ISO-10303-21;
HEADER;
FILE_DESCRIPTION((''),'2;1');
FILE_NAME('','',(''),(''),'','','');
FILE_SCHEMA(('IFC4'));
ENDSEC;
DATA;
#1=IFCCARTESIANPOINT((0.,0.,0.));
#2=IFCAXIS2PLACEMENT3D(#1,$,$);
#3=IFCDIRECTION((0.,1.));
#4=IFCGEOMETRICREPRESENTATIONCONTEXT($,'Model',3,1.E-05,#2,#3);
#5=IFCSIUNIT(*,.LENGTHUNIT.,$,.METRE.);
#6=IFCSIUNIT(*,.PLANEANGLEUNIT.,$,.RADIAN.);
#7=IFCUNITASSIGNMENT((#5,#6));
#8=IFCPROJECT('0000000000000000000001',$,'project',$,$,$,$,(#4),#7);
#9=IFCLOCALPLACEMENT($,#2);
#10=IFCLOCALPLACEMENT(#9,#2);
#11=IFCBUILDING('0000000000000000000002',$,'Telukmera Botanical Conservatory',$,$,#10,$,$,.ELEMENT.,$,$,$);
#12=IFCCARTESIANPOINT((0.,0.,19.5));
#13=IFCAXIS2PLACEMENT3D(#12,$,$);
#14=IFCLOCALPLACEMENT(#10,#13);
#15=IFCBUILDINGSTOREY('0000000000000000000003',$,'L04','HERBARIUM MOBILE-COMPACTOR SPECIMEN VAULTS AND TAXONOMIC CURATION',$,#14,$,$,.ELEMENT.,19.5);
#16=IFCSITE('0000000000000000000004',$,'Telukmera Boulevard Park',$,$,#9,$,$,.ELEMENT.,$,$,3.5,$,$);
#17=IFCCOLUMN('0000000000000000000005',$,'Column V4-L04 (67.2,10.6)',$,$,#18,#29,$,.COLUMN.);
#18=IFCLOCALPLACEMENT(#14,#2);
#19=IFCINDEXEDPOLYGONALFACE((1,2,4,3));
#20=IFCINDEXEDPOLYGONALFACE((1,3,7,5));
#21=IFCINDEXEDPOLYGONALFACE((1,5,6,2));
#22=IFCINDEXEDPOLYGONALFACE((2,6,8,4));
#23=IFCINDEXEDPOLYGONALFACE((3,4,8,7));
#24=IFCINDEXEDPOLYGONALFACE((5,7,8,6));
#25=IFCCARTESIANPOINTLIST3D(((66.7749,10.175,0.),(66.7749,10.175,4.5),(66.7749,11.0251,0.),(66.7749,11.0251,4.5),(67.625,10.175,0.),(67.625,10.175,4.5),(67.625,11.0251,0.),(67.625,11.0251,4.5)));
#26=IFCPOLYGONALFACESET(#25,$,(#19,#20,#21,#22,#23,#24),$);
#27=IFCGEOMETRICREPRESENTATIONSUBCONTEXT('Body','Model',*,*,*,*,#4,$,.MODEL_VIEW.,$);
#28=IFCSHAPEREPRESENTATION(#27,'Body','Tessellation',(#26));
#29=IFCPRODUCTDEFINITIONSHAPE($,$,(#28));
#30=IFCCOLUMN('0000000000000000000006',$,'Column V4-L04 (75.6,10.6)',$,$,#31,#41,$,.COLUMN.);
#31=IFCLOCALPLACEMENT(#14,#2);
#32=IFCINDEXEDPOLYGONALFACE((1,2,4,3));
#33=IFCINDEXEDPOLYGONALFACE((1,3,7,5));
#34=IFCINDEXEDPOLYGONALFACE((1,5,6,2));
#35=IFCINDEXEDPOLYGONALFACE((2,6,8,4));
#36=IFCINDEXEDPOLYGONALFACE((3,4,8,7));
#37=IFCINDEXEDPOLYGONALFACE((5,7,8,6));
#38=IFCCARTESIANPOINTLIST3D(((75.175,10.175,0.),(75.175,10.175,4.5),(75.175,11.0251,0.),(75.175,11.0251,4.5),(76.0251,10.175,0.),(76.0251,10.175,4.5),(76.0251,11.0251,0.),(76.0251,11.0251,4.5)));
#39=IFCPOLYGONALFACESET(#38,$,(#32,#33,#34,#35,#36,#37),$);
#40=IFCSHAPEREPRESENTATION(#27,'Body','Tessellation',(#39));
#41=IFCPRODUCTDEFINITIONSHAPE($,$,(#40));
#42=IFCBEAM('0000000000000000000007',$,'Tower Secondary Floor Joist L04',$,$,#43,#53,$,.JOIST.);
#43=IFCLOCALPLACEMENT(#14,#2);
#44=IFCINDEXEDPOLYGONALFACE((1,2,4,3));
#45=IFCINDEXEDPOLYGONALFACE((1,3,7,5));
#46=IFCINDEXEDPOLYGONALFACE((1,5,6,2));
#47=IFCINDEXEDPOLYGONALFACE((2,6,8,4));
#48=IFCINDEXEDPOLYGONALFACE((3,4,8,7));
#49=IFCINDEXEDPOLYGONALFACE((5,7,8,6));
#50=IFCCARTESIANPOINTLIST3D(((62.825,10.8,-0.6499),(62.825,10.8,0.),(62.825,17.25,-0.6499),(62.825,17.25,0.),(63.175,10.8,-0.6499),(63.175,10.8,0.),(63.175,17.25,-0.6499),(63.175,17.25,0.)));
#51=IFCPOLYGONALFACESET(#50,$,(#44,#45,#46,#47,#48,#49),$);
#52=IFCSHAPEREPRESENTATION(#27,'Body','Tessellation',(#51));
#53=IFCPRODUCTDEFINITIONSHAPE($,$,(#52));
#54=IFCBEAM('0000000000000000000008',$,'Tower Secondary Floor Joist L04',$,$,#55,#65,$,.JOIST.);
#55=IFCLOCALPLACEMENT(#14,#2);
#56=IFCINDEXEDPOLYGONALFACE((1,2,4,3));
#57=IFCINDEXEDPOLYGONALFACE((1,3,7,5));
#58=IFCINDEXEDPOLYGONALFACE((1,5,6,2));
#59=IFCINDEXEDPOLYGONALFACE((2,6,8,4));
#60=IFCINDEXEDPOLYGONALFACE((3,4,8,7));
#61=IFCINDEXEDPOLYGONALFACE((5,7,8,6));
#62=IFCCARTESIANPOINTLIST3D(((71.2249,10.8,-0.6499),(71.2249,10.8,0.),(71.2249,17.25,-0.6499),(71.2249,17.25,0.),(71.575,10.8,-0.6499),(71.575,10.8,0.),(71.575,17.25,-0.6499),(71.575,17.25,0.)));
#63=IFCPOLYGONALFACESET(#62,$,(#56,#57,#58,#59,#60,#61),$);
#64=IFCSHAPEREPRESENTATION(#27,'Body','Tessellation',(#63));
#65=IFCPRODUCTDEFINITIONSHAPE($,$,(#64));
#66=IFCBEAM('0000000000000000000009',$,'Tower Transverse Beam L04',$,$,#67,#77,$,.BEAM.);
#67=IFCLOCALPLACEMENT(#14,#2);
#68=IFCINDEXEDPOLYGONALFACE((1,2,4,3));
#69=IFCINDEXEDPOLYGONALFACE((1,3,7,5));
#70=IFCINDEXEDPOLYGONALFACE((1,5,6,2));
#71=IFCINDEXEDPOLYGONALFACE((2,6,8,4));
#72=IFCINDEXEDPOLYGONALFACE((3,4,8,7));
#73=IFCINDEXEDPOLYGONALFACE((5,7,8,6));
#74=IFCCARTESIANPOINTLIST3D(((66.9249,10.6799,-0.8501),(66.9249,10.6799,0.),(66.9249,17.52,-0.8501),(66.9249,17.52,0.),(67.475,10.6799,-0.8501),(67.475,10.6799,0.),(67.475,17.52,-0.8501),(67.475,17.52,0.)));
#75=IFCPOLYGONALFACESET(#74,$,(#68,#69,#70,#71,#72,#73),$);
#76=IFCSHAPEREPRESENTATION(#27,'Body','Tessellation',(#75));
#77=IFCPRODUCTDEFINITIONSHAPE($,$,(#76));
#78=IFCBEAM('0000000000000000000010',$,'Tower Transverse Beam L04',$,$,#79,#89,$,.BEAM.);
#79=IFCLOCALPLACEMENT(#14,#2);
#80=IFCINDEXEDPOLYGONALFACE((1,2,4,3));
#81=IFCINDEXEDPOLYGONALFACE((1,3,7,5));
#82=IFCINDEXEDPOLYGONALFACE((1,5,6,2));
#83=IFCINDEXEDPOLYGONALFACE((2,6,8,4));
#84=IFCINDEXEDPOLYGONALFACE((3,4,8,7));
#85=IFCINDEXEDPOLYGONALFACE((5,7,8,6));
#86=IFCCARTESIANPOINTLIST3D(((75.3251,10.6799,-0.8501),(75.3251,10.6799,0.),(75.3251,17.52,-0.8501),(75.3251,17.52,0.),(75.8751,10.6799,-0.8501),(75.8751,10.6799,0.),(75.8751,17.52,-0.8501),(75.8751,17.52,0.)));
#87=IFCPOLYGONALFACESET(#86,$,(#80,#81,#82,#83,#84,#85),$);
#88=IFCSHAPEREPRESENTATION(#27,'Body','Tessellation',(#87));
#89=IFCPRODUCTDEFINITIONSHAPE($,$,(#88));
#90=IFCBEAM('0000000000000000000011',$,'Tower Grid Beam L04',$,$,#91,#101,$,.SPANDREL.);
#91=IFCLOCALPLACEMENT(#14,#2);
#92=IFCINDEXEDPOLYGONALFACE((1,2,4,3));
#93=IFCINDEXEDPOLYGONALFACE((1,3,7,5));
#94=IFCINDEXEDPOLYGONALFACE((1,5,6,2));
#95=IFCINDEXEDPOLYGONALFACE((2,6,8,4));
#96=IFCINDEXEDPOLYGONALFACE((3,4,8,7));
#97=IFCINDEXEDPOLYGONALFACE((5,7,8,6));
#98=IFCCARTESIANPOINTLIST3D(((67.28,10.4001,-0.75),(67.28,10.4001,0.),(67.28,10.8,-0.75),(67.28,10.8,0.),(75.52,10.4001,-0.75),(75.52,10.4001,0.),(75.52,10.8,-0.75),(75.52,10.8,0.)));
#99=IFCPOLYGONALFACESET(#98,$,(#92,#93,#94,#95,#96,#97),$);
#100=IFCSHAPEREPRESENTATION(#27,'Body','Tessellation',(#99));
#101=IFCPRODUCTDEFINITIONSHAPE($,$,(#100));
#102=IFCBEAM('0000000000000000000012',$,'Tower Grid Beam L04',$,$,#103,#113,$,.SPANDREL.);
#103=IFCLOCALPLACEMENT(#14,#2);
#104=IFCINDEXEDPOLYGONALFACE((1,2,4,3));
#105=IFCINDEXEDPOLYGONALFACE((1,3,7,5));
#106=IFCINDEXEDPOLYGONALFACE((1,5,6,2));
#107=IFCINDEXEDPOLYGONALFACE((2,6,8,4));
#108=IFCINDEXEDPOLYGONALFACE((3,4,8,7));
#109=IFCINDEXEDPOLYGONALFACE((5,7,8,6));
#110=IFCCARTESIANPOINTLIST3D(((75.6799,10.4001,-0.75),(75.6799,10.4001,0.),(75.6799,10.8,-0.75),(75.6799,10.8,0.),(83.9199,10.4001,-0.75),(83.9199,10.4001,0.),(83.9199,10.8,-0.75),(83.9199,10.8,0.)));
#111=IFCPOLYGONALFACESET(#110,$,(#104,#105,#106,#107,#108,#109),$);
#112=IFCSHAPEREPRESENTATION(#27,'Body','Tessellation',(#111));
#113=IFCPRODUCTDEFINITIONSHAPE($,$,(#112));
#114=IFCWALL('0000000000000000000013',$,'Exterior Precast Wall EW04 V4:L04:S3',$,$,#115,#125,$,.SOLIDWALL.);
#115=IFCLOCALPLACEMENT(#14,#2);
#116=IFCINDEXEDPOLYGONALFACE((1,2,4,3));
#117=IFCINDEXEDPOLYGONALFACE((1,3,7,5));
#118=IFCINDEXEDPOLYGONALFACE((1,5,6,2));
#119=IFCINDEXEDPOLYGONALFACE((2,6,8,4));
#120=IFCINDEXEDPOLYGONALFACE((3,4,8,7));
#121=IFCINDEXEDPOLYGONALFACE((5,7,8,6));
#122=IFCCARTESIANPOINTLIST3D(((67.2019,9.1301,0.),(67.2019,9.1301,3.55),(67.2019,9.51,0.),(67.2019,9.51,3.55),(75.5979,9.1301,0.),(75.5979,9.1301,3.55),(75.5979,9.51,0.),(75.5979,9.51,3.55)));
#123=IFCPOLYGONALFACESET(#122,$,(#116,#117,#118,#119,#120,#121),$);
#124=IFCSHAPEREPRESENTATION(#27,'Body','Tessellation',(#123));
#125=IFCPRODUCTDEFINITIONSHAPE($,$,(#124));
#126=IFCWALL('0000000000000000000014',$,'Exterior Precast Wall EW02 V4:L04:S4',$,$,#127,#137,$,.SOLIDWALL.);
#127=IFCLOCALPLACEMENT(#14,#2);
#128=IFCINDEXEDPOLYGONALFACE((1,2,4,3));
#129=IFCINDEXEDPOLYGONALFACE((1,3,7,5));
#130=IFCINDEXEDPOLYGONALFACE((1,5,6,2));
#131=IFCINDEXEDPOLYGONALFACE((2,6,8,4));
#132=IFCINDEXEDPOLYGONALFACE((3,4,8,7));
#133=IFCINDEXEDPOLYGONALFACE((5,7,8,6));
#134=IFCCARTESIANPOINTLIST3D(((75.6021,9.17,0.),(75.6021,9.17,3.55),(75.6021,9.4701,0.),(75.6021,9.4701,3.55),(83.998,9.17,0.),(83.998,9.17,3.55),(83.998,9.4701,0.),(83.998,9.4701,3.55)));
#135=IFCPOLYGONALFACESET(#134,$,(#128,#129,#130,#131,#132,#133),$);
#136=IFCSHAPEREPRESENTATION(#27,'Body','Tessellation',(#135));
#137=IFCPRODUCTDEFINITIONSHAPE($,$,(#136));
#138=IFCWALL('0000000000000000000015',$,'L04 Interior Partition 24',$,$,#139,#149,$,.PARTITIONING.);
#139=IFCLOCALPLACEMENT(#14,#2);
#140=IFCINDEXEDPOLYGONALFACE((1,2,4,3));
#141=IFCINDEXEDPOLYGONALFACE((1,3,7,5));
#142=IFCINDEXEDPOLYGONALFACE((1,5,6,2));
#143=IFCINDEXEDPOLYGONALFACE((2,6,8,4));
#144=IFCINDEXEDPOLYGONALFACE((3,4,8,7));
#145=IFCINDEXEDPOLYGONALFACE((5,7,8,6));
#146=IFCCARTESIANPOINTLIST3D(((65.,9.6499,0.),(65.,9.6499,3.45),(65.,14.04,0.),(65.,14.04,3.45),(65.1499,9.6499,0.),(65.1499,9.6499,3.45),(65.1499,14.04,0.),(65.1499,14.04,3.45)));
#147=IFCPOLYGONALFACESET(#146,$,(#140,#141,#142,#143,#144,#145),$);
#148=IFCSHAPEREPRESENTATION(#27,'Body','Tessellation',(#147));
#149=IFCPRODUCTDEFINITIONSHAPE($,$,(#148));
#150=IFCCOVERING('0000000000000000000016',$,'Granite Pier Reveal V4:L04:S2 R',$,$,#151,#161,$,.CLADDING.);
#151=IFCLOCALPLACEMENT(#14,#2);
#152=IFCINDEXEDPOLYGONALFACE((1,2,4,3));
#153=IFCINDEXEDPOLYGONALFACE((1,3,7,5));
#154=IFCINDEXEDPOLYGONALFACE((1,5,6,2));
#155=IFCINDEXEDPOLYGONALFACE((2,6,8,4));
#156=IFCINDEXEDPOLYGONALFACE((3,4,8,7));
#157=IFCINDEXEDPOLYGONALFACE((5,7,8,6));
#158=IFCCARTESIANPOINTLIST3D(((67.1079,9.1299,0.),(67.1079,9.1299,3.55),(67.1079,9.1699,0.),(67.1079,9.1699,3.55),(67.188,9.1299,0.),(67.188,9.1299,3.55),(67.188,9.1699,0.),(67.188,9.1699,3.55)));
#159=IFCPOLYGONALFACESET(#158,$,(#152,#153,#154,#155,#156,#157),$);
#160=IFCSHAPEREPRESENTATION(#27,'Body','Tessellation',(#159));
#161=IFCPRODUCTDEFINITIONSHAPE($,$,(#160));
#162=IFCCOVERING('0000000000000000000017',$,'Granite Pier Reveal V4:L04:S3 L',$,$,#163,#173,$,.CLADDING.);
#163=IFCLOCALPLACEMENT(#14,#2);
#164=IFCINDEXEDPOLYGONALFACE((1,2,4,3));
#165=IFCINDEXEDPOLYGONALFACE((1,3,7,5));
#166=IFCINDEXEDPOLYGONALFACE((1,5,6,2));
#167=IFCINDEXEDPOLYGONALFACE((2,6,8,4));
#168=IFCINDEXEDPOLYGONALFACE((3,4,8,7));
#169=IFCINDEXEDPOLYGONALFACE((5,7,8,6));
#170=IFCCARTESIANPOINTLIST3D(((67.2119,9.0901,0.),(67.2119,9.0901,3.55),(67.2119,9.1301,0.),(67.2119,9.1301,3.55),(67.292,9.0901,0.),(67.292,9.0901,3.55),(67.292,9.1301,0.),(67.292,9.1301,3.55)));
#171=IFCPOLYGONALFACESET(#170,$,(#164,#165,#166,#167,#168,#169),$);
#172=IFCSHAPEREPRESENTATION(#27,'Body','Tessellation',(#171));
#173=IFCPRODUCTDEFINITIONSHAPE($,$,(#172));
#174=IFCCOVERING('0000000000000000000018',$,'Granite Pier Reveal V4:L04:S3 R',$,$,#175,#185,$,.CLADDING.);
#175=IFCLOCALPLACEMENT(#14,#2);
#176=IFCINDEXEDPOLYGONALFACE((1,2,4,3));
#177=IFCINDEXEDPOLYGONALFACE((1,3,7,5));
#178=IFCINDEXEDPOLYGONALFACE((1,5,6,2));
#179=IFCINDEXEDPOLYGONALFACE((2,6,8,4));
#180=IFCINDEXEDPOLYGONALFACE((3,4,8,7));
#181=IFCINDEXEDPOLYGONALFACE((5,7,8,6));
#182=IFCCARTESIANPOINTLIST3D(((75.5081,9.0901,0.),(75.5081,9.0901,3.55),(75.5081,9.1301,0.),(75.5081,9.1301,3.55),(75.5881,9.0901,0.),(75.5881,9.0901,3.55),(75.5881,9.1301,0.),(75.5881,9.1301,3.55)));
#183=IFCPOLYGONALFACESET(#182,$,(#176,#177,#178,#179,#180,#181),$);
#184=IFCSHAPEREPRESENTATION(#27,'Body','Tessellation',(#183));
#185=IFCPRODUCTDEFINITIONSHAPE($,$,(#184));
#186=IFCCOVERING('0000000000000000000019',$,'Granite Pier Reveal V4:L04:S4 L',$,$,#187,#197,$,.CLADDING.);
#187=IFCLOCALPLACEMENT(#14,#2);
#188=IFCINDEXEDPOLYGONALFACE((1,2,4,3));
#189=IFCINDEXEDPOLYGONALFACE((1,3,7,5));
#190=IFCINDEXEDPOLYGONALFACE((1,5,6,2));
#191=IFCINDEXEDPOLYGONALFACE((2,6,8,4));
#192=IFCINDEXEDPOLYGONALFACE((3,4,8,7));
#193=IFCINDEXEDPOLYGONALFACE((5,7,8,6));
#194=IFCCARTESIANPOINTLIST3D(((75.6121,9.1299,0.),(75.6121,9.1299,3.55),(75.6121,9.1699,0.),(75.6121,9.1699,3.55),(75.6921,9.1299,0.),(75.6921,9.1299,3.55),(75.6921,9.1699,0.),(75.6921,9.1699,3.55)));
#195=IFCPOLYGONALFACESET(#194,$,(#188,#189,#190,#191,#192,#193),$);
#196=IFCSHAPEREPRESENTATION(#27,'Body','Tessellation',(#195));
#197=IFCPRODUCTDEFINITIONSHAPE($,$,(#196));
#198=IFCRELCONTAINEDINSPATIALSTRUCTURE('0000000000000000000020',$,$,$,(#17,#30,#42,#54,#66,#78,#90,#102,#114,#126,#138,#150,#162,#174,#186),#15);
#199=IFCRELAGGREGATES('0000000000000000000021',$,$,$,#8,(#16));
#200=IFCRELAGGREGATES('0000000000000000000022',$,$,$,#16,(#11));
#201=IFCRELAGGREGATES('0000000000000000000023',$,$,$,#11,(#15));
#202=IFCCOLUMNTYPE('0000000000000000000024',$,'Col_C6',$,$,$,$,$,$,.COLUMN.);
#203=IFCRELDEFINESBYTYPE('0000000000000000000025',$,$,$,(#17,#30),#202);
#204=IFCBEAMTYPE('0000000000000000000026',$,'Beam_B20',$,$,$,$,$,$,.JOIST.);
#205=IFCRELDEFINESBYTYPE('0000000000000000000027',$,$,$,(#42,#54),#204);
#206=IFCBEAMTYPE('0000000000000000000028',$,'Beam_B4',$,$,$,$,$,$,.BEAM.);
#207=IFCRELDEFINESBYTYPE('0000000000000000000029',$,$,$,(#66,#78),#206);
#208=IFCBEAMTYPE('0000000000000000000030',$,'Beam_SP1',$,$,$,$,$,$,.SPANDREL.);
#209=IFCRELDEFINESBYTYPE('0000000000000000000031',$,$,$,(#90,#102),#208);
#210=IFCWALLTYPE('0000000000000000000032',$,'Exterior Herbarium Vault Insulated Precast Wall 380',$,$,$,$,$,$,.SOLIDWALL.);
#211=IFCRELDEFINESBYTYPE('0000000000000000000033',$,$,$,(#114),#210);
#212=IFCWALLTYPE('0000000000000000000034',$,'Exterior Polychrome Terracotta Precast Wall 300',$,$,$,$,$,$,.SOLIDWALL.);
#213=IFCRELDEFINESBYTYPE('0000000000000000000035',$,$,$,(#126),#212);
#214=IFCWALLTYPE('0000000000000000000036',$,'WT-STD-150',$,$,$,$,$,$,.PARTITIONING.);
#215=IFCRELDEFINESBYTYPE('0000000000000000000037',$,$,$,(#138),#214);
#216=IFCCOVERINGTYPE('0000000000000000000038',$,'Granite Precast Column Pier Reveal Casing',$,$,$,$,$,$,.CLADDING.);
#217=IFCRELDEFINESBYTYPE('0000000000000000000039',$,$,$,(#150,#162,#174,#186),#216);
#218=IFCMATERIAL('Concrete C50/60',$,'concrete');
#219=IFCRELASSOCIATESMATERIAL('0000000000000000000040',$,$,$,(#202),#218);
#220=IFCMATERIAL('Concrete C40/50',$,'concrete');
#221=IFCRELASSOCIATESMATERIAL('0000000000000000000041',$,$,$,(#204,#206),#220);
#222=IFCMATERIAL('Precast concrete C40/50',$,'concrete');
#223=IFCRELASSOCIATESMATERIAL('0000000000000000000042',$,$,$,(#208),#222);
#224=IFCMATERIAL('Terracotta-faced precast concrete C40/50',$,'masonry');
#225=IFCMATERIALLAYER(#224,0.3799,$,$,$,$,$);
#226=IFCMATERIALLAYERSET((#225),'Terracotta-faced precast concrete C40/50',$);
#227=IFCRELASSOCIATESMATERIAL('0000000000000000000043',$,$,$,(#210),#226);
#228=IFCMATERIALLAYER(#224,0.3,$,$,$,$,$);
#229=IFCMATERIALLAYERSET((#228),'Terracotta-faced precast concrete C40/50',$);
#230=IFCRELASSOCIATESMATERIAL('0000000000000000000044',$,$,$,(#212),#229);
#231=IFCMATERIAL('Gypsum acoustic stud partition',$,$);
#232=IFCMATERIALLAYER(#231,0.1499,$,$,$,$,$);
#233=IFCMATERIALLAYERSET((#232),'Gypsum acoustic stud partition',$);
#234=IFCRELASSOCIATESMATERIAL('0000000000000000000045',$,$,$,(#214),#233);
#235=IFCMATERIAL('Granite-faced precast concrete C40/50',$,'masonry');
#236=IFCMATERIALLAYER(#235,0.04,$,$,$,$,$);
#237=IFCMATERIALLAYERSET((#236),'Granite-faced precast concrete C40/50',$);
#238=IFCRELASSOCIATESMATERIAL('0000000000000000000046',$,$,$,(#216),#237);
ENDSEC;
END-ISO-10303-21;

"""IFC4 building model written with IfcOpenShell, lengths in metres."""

from ifc_helpers import new_model, si_unit, direction, frame, frame_2d, origin, origin_2d, place, context, subcontext, project, spatial, rectangle, extrude, material, layer, layer_set, material_profile, profile_set, type_object, element, save


model = new_model("IFC4")

# Units and contexts
model_context = context("Model", 3, precision=1e-05, world=origin(), true_north=direction((0.0, 1.0)))
body_context = subcontext(model_context, "Body", "Model", "MODEL_VIEW")
ifc_project = project(units=[si_unit("LENGTHUNIT", "METRE"), si_unit("PLANEANGLEUNIT", "RADIAN")], contexts=[model_context])

# Site, building, storey
site_placement = place(None, origin())
site = spatial("IfcSite", under=ifc_project, at=site_placement, Name="Telukmera Boulevard Park", CompositionType="ELEMENT", RefElevation=3.5)
building_placement = place(site_placement, origin())
building = spatial("IfcBuilding", under=site, at=building_placement, Name="Telukmera Botanical Conservatory", CompositionType="ELEMENT")
storey_placement = place(building_placement, frame((0.0, 0.0, 19.5)))
storey = spatial("IfcBuildingStorey", under=building, at=storey_placement, Name="L04", Description="HERBARIUM MOBILE-COMPACTOR SPECIMEN VAULTS AND TAXONOMIC CURATION", CompositionType="ELEMENT", Elevation=19.5)

# Columns
ifc_material_1 = material(Name="Concrete C50/60", Category="concrete")
ifc_material_profile_1 = material_profile(ifc_material_1, rectangle(XDim=0.8501, YDim=0.8501, at=origin_2d()), Name="RC 850x850")
ifc_profile_set_1 = profile_set([ifc_material_profile_1], Name="Concrete C50/60")
column_type = type_object("IfcColumnType", Name="Col_C6", PredefinedType="COLUMN", material=ifc_profile_set_1)
for number, where, z_axis, x_axis, name in (
    (1, (67.2, 10.6001, 0.0), (0.0, 0.0, 1.0), (1.0, 0.0, 0.0), "Column V4-L04 (67.2,10.6)"),
    (2, (75.6001, 10.6001, 0.0), (0.0, 0.0, 1.0), (1.0, 0.0, 0.0), "Column V4-L04 (75.6,10.6)"),
):
    element("IfcColumn", number, at=place(storey_placement, frame(where, z_axis=z_axis, x_axis=x_axis)), inside=storey, type_object=column_type, Name=name, PredefinedType="COLUMN", context=body_context, shape_type="SweptSolid", body=[
        extrude(rectangle(XDim=0.8501, YDim=0.8501, at=origin_2d()), origin(), (0.0, 0.0, 1.0), 4.5),
    ])

# Beams
ifc_material_2 = material(Name="Concrete C40/50", Category="concrete")
ifc_material_profile_2 = material_profile(ifc_material_2, rectangle(XDim=0.3501, YDim=0.6499, at=origin_2d()), Name="RC 350x650")
ifc_profile_set_2 = profile_set([ifc_material_profile_2], Name="Concrete C40/50")
beam_type_1 = type_object("IfcBeamType", Name="Beam_B20", PredefinedType="JOIST", material=ifc_profile_set_2)
for number, where, z_axis, x_axis, name in (
    (3, (63.0, 10.8, -0.325), (0.0, 1.0, 0.0), (-1.0, 0.0, 0.0), "Tower Secondary Floor Joist L04"),
    (4, (71.3999, 10.8, -0.325), (0.0, 1.0, 0.0), (-1.0, 0.0, 0.0), "Tower Secondary Floor Joist L04"),
):
    element("IfcBeam", number, at=place(storey_placement, frame(where, z_axis=z_axis, x_axis=x_axis)), inside=storey, type_object=beam_type_1, Name=name, PredefinedType="JOIST", context=body_context, shape_type="SweptSolid", body=[
        extrude(rectangle(XDim=0.3501, YDim=0.6499, at=origin_2d()), origin(), (0.0, 0.0, 1.0), 6.45),
    ])
ifc_material_profile_3 = material_profile(ifc_material_2, rectangle(XDim=0.55, YDim=0.8501, at=origin_2d()), Name="RC 550x850")
ifc_profile_set_3 = profile_set([ifc_material_profile_3], Name="Concrete C40/50")
beam_type_2 = type_object("IfcBeamType", Name="Beam_B4", PredefinedType="BEAM", material=ifc_profile_set_3)
for number, where, z_axis, x_axis, name in (
    (5, (67.2, 10.6799, -0.425), (0.0, 1.0, 0.0), (-1.0, 0.0, 0.0), "Tower Transverse Beam L04"),
    (6, (75.6001, 10.6799, -0.425), (0.0, 1.0, 0.0), (-1.0, 0.0, 0.0), "Tower Transverse Beam L04"),
):
    element("IfcBeam", number, at=place(storey_placement, frame(where, z_axis=z_axis, x_axis=x_axis)), inside=storey, type_object=beam_type_2, Name=name, PredefinedType="BEAM", context=body_context, shape_type="SweptSolid", body=[
        extrude(rectangle(XDim=0.55, YDim=0.8501, at=origin_2d()), origin(), (0.0, 0.0, 1.0), 6.8401),
    ])
ifc_material_3 = material(Name="Precast concrete C40/50", Category="concrete")
ifc_material_profile_4 = material_profile(ifc_material_3, rectangle(XDim=0.3999, YDim=0.75, at=origin_2d()), Name="PC 400x750")
ifc_profile_set_4 = profile_set([ifc_material_profile_4], Name="Precast concrete C40/50")
beam_type_3 = type_object("IfcBeamType", Name="Beam_SP1", PredefinedType="SPANDREL", material=ifc_profile_set_4)
for number, where, z_axis, x_axis, name in (
    (7, (67.28, 10.6001, -0.375), (1.0, 0.0, 0.0), (0.0, 1.0, 0.0), "Tower Grid Beam L04"),
    (8, (75.6799, 10.6001, -0.375), (1.0, 0.0, 0.0), (0.0, 1.0, 0.0), "Tower Grid Beam L04"),
):
    element("IfcBeam", number, at=place(storey_placement, frame(where, z_axis=z_axis, x_axis=x_axis)), inside=storey, type_object=beam_type_3, Name=name, PredefinedType="SPANDREL", context=body_context, shape_type="SweptSolid", body=[
        extrude(rectangle(XDim=0.3999, YDim=0.75, at=origin_2d()), origin(), (0.0, 0.0, 1.0), 8.24),
    ])

# Walls
ifc_material_4 = material(Name="Terracotta-faced precast concrete C40/50", Category="masonry")
ifc_layer_1 = layer(ifc_material_4, 0.3799)
ifc_layer_set_1 = layer_set([ifc_layer_1], Name="Terracotta-faced precast concrete C40/50")
wall_type_1 = type_object("IfcWallType", Name="Exterior Herbarium Vault Insulated Precast Wall 380", PredefinedType="SOLIDWALL", material=ifc_layer_set_1)
wall_1_placement = place(storey_placement, frame((67.2019, 9.3201, 0.0), z_axis=(0.0, 0.0, 1.0), x_axis=(1.0, 0.0, 0.0)))
element("IfcWall", 9, at=wall_1_placement, inside=storey, type_object=wall_type_1, Name="Exterior Precast Wall EW04 V4:L04:S3", PredefinedType="SOLIDWALL", context=body_context, shape_type="SweptSolid", body=[
    extrude(rectangle(XDim=8.396, YDim=0.3799, at=frame_2d((4.198, 0.0))), origin(), (0.0, 0.0, 1.0), 3.55),
])
ifc_layer_2 = layer(ifc_material_4, 0.3)
ifc_layer_set_2 = layer_set([ifc_layer_2], Name="Terracotta-faced precast concrete C40/50")
wall_type_2 = type_object("IfcWallType", Name="Exterior Polychrome Terracotta Precast Wall 300", PredefinedType="SOLIDWALL", material=ifc_layer_set_2)
wall_2_placement = place(storey_placement, frame((75.6021, 9.3201, 0.0), z_axis=(0.0, 0.0, 1.0), x_axis=(1.0, 0.0, 0.0)))
element("IfcWall", 10, at=wall_2_placement, inside=storey, type_object=wall_type_2, Name="Exterior Precast Wall EW02 V4:L04:S4", PredefinedType="SOLIDWALL", context=body_context, shape_type="SweptSolid", body=[
    extrude(rectangle(XDim=8.396, YDim=0.3, at=frame_2d((4.198, 0.0))), origin(), (0.0, 0.0, 1.0), 3.55),
])
ifc_material_5 = material(Name="Gypsum acoustic stud partition")
ifc_layer_3 = layer(ifc_material_5, 0.1499)
ifc_layer_set_3 = layer_set([ifc_layer_3], Name="Gypsum acoustic stud partition")
wall_type_3 = type_object("IfcWallType", Name="WT-STD-150", PredefinedType="PARTITIONING", material=ifc_layer_set_3)
wall_3_placement = place(storey_placement, frame((65.075, 9.6499, 0.0), z_axis=(0.0, 0.0, 1.0), x_axis=(0.0, 1.0, 0.0)))
element("IfcWall", 11, at=wall_3_placement, inside=storey, type_object=wall_type_3, Name="L04 Interior Partition 24", PredefinedType="PARTITIONING", context=body_context, shape_type="SweptSolid", body=[
    extrude(rectangle(XDim=4.3901, YDim=0.1499, at=frame_2d((2.1951, 0.0))), origin(), (0.0, 0.0, 1.0), 3.45),
])

# Coverings
ifc_material_6 = material(Name="Granite-faced precast concrete C40/50", Category="masonry")
ifc_layer_4 = layer(ifc_material_6, 0.04)
ifc_layer_set_4 = layer_set([ifc_layer_4], Name="Granite-faced precast concrete C40/50")
covering_type_1 = type_object("IfcCoveringType", Name="Granite Precast Column Pier Reveal Casing", PredefinedType="CLADDING", material=ifc_layer_set_4)
for number, where, z_axis, x_axis, name in (
    (12, (67.1479, 9.1499, 0.0), (0.0, 0.0, 1.0), (1.0, 0.0, 0.0), "Granite Pier Reveal V4:L04:S2 R"),
    (13, (67.252, 9.1101, 0.0), (0.0, 0.0, 1.0), (1.0, 0.0, 0.0), "Granite Pier Reveal V4:L04:S3 L"),
    (14, (75.5481, 9.1101, 0.0), (0.0, 0.0, 1.0), (1.0, 0.0, 0.0), "Granite Pier Reveal V4:L04:S3 R"),
    (15, (75.6521, 9.1499, 0.0), (0.0, 0.0, 1.0), (1.0, 0.0, 0.0), "Granite Pier Reveal V4:L04:S4 L"),
):
    element("IfcCovering", number, at=place(storey_placement, frame(where, z_axis=z_axis, x_axis=x_axis)), inside=storey, type_object=covering_type_1, Name=name, PredefinedType="CLADDING", context=body_context, shape_type="SweptSolid", body=[
        extrude(rectangle(XDim=0.0801, YDim=0.04, at=origin_2d()), origin(), (0.0, 0.0, 1.0), 3.55),
    ])

save(model, "model.ifc")
